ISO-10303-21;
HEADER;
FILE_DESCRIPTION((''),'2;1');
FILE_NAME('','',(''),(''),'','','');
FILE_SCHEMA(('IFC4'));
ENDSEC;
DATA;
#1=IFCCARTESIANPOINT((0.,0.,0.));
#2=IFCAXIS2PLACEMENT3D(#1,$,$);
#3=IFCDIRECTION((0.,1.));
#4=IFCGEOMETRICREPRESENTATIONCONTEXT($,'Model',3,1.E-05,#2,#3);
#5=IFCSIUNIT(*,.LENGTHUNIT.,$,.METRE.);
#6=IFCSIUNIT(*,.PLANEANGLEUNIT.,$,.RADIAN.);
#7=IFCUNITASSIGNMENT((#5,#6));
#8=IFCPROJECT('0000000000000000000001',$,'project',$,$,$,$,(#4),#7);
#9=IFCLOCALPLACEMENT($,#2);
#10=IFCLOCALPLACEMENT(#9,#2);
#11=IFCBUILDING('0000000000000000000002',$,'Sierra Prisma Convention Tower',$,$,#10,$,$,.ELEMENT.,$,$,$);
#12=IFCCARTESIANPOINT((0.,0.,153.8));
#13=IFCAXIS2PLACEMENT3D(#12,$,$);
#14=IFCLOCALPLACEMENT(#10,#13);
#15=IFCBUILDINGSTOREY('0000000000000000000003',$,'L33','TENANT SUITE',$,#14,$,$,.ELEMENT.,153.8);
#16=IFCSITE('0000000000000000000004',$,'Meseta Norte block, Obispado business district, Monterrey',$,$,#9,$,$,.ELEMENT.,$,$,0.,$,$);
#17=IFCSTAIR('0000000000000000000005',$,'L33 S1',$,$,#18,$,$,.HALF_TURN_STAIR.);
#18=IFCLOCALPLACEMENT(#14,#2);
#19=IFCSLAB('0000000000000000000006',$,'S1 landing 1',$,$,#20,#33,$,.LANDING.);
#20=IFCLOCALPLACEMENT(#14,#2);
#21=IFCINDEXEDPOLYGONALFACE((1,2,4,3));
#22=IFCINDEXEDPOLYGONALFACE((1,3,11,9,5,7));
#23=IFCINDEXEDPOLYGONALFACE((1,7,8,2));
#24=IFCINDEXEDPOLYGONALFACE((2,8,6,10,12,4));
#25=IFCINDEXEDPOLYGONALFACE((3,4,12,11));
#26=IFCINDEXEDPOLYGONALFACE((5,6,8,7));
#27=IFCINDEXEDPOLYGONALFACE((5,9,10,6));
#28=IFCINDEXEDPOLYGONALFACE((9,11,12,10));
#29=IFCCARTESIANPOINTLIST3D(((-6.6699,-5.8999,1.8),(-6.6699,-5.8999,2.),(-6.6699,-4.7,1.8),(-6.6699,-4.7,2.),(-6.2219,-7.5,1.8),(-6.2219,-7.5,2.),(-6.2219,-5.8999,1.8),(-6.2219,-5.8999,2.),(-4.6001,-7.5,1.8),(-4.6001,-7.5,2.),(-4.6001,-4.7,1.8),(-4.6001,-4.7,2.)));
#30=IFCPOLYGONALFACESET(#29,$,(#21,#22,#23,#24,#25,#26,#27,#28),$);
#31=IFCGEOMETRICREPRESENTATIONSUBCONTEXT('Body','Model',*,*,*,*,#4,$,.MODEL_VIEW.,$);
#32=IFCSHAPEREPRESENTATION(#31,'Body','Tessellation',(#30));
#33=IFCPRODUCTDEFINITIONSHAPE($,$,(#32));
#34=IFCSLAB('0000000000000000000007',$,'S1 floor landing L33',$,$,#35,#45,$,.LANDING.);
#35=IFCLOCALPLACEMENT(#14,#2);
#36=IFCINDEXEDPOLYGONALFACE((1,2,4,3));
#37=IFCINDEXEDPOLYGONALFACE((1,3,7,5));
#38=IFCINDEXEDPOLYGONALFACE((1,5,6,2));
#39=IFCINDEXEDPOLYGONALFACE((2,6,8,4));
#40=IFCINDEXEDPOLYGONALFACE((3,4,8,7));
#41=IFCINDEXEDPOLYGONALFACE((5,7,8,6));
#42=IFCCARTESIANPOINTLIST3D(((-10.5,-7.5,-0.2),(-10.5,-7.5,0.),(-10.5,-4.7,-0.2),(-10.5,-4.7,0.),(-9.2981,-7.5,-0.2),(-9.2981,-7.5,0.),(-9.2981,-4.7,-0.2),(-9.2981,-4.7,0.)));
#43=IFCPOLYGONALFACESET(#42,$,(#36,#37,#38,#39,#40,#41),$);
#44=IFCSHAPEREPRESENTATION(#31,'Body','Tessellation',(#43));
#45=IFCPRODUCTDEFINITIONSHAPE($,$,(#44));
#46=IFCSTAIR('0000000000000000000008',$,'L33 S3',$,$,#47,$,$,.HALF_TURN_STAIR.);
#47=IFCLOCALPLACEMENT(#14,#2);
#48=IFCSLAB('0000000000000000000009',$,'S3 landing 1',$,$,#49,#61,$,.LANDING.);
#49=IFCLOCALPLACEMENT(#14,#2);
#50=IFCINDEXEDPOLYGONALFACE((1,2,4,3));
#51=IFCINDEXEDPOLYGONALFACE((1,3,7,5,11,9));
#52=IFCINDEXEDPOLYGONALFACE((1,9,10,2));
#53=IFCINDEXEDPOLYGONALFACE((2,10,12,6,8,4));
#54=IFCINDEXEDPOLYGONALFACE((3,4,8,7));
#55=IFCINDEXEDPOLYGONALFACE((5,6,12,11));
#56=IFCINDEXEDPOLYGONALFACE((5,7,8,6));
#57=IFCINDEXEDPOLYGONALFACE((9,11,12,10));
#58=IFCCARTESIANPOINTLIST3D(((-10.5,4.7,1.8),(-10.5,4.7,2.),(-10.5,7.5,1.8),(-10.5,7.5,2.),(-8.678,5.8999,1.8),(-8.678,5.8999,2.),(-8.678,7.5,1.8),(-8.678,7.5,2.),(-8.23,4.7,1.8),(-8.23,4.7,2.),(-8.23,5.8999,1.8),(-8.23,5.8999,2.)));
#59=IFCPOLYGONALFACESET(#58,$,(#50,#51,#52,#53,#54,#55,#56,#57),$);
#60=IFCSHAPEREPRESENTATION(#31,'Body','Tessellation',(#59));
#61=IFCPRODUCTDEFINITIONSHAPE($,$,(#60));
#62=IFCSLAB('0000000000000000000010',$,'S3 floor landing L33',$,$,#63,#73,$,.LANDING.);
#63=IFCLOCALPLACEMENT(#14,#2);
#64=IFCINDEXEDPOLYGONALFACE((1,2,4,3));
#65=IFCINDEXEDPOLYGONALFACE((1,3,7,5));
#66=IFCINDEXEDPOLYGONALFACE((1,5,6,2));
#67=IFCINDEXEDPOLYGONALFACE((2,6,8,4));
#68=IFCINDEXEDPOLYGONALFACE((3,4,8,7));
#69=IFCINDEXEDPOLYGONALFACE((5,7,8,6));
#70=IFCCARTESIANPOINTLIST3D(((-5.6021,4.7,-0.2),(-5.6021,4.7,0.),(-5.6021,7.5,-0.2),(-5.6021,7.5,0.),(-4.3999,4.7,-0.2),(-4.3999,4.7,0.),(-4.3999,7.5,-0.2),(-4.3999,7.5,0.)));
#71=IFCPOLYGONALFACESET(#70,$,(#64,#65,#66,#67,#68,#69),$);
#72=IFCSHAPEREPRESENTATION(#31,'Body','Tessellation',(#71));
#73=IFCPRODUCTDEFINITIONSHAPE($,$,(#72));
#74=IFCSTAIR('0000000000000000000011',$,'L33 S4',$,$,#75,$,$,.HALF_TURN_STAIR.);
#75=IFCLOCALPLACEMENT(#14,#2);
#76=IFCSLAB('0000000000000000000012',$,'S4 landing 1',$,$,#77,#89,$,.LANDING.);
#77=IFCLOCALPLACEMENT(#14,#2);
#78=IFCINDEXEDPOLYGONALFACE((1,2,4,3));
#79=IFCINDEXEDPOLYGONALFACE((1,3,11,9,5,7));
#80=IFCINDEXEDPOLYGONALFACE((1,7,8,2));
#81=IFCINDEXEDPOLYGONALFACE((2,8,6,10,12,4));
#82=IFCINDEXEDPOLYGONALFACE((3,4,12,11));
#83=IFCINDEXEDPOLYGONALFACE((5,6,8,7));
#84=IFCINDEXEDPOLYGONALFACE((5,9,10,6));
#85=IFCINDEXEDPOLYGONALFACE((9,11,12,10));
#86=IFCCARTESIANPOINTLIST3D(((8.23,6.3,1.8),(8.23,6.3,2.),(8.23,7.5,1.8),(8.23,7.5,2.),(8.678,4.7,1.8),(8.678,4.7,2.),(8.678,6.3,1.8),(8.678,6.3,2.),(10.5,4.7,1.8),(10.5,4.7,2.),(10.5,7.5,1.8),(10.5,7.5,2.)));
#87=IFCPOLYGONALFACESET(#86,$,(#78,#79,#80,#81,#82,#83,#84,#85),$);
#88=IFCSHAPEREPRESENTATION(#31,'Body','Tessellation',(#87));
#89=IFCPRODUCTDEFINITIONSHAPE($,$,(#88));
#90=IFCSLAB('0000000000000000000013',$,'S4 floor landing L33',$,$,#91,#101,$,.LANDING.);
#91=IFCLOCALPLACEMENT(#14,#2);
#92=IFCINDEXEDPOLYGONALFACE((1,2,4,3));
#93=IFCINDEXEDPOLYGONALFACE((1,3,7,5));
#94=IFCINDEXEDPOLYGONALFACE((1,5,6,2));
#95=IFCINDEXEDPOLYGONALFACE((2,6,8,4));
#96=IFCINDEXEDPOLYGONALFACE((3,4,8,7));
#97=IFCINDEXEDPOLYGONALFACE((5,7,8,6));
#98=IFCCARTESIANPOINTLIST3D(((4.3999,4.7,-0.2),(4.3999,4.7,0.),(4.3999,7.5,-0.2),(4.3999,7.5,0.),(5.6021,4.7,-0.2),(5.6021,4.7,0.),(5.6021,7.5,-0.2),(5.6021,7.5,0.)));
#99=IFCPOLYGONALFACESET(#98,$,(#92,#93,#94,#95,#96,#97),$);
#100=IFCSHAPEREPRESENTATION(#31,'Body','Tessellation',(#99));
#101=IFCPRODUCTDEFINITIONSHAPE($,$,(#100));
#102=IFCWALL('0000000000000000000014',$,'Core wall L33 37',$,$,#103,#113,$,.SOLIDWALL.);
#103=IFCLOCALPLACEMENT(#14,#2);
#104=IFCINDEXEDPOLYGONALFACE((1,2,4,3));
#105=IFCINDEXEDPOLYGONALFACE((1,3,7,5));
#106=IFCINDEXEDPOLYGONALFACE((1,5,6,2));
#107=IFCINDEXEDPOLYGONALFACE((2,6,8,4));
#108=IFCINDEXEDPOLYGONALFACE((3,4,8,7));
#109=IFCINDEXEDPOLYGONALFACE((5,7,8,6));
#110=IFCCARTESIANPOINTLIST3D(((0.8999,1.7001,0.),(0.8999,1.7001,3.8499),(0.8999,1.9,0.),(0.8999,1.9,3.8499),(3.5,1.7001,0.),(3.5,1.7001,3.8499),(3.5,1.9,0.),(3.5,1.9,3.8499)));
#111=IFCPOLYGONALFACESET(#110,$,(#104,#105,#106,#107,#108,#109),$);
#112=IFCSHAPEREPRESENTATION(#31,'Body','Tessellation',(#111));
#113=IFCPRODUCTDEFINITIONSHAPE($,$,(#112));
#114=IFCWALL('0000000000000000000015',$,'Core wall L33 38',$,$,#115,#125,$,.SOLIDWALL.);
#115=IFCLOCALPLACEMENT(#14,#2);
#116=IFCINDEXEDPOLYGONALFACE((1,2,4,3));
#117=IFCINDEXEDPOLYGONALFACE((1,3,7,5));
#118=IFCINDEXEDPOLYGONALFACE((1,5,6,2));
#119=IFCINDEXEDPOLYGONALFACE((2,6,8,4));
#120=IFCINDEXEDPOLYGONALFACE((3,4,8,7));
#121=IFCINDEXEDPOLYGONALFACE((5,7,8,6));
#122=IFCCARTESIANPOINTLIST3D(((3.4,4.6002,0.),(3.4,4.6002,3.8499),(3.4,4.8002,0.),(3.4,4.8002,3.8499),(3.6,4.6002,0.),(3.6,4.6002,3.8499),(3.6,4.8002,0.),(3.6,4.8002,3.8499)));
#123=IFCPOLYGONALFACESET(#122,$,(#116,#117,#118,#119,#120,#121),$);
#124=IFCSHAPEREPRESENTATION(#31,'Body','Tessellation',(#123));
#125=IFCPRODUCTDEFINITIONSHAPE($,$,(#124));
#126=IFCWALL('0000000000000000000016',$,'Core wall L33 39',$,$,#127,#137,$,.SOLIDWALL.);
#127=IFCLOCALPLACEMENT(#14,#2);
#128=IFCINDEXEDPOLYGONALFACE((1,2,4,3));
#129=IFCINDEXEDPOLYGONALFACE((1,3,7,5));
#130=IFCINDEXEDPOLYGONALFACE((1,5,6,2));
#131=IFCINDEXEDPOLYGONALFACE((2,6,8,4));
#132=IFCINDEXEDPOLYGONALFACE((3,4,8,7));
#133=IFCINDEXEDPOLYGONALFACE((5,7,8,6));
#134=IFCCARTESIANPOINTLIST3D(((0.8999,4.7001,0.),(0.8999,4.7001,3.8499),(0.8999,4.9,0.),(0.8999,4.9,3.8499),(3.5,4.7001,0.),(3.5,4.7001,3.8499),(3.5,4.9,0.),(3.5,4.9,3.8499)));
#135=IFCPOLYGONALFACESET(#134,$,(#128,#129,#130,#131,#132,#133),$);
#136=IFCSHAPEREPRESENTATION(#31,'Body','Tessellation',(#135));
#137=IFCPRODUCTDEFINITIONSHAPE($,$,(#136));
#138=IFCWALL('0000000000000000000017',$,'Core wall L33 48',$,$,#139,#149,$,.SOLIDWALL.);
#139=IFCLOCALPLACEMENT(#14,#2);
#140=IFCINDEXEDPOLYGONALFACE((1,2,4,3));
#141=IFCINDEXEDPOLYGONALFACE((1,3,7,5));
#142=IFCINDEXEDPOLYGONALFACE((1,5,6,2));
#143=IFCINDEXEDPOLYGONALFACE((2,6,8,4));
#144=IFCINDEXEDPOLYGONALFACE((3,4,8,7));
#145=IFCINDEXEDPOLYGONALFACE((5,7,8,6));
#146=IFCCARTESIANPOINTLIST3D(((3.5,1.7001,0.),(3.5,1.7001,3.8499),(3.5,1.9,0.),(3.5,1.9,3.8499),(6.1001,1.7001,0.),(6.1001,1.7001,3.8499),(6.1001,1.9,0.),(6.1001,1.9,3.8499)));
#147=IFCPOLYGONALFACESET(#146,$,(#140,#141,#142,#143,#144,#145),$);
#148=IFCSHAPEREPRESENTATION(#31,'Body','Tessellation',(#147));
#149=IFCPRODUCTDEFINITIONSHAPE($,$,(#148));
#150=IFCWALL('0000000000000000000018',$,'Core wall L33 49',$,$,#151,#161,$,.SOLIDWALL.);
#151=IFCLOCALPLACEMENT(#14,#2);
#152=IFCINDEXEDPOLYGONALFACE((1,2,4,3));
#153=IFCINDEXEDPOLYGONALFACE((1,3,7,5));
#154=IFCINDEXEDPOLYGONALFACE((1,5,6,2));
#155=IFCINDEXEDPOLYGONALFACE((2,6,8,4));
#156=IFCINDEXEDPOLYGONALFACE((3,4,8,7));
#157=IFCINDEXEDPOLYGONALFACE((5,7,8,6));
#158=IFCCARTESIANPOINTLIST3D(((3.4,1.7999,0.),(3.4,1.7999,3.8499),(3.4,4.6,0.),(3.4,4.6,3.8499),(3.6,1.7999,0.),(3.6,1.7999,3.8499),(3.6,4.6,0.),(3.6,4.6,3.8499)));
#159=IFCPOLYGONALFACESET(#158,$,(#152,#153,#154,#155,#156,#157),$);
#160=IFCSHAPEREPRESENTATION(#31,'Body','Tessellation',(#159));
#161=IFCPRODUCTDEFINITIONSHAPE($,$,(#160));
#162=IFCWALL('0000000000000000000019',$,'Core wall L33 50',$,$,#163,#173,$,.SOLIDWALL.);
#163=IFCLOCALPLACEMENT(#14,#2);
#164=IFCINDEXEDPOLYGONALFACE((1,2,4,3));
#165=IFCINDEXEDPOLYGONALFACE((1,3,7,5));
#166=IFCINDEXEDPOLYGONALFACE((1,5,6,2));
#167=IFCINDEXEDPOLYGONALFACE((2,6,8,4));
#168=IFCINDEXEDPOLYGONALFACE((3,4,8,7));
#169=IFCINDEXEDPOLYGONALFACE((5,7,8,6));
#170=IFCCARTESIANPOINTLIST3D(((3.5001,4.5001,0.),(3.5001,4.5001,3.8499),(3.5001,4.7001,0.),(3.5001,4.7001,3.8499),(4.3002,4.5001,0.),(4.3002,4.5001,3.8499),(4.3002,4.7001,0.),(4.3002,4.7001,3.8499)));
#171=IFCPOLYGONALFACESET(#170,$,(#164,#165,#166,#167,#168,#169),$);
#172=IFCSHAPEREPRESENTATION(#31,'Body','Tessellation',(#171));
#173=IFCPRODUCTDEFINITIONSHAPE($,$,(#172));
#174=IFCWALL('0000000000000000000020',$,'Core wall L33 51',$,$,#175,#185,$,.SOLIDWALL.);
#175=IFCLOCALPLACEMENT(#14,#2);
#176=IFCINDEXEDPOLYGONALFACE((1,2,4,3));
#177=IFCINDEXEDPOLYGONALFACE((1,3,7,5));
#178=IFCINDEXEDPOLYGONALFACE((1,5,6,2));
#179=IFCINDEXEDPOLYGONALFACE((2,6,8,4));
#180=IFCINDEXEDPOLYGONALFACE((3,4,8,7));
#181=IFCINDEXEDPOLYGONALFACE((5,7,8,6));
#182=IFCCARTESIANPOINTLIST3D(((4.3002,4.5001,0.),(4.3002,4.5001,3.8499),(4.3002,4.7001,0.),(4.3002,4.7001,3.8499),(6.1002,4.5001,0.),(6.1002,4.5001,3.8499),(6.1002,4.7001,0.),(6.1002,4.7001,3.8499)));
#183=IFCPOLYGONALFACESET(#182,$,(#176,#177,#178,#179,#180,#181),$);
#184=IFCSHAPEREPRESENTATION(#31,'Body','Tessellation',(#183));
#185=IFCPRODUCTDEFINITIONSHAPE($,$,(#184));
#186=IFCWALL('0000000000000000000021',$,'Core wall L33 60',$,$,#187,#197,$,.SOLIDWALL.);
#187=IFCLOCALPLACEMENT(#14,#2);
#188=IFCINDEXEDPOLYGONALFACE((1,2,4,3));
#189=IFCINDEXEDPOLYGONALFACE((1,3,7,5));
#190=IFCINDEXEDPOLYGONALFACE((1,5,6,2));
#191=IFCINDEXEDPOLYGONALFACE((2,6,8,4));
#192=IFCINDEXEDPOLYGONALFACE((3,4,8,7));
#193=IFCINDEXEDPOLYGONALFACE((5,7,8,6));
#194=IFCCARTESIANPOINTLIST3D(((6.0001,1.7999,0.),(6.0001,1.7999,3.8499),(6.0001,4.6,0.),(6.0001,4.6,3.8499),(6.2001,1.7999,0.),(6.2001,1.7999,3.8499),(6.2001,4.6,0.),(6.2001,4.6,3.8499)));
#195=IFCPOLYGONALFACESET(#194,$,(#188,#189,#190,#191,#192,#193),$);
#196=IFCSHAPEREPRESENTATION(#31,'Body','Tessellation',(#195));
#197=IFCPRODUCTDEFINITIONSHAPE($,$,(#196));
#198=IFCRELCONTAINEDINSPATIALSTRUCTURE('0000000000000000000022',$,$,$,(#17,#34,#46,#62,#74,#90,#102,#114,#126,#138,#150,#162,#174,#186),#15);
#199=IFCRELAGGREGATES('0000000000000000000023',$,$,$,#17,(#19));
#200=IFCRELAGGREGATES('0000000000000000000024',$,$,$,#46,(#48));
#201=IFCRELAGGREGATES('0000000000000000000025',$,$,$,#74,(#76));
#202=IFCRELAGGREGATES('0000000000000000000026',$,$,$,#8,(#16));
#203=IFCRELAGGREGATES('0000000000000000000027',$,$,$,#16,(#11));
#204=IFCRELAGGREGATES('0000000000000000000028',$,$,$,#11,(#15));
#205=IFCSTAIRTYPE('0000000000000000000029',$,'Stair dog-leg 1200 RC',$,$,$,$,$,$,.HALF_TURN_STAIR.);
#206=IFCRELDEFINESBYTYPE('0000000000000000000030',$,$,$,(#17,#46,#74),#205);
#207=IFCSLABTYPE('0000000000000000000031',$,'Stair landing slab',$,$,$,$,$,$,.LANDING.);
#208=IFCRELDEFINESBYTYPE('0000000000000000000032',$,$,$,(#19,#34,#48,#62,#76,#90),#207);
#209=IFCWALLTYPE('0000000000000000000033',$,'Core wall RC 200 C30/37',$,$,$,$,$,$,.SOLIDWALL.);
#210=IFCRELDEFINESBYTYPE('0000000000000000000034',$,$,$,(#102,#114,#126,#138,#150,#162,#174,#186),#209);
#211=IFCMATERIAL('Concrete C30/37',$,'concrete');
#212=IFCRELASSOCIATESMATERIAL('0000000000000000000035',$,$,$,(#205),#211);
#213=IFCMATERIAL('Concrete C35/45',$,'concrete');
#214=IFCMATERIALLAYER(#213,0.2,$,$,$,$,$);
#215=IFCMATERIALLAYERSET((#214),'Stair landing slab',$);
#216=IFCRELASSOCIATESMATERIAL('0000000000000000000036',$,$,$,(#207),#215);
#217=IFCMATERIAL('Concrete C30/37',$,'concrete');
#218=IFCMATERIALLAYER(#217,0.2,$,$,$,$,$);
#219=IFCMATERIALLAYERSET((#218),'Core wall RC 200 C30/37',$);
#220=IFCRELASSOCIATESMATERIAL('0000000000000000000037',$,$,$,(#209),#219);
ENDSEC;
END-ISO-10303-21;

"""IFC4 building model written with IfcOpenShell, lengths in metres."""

from ifc_helpers import new_model, si_unit, direction, frame, frame_2d, origin, place, context, subcontext, project, spatial, polyline, rectangle, outline, extrude, material, layer, layer_set, type_object, element, aggregate, save


model = new_model("IFC4")

# Units and contexts
model_context = context("Model", 3, precision=1e-05, world=origin(), true_north=direction((0.0, 1.0)))
body_context = subcontext(model_context, "Body", "Model", "MODEL_VIEW")
ifc_project = project(units=[si_unit("LENGTHUNIT", "METRE"), si_unit("PLANEANGLEUNIT", "RADIAN")], contexts=[model_context])

# Site, building, storey
site_placement = place(None, origin())
site = spatial("IfcSite", under=ifc_project, at=site_placement, Name="Meseta Norte block, Obispado business district, Monterrey", CompositionType="ELEMENT", RefElevation=0.0)
building_placement = place(site_placement, origin())
building = spatial("IfcBuilding", under=site, at=building_placement, Name="Sierra Prisma Convention Tower", CompositionType="ELEMENT")
storey_placement = place(building_placement, frame((0.0, 0.0, 153.8)))
storey = spatial("IfcBuildingStorey", under=building, at=storey_placement, Name="L33", Description="TENANT SUITE", CompositionType="ELEMENT", Elevation=153.8)

# Stair, slab
ifc_material_1 = material(Name="Concrete C30/37", Category="concrete")
stair_type = type_object("IfcStairType", Name="Stair dog-leg 1200 RC", PredefinedType="HALF_TURN_STAIR", material=ifc_material_1)
stair_1_placement = place(storey_placement, origin())
stair_1 = element("IfcStair", 1, at=stair_1_placement, inside=storey, type_object=stair_type, Name="L33 S1", PredefinedType="HALF_TURN_STAIR")
ifc_material_2 = material(Name="Concrete C35/45", Category="concrete")
ifc_layer_1 = layer(ifc_material_2, 0.2)
ifc_layer_set_1 = layer_set([ifc_layer_1], Name="Stair landing slab")
slab_type = type_object("IfcSlabType", Name="Stair landing slab", PredefinedType="LANDING", material=ifc_layer_set_1)
slab_1_placement = place(storey_placement, frame((0.0, 0.0, 1.8)))
slab_1 = element("IfcSlab", 2, at=slab_1_placement, type_object=slab_type, Name="S1 landing 1", PredefinedType="LANDING", context=body_context, shape_type="SweptSolid", body=[
    extrude(outline(polyline([(-4.6001, -4.7), (-4.6001, -7.5), (-6.2219, -7.5), (-6.2219, -5.8999), (-6.6699, -5.8999), (-6.6699, -4.7), (-4.6001, -4.7)])), origin(), (0.0, 0.0, 1.0), 0.2),
])
aggregate(stair_1, [slab_1])

# Slab
slab_2_placement = place(storey_placement, frame((0.0, 0.0, -0.2)))
element("IfcSlab", 3, at=slab_2_placement, inside=storey, type_object=slab_type, Name="S1 floor landing L33", PredefinedType="LANDING", context=body_context, shape_type="SweptSolid", body=[
    extrude(outline(polyline([(-10.5, -7.5), (-9.2981, -7.5), (-9.2981, -4.7), (-10.5, -4.7), (-10.5, -7.5)])), origin(), (0.0, 0.0, 1.0), 0.2),
])

# Stair, slab
stair_2_placement = place(storey_placement, origin())
stair_2 = element("IfcStair", 4, at=stair_2_placement, inside=storey, type_object=stair_type, Name="L33 S3", PredefinedType="HALF_TURN_STAIR")
slab_3_placement = place(storey_placement, frame((0.0, 0.0, 1.8)))
slab_3 = element("IfcSlab", 5, at=slab_3_placement, type_object=slab_type, Name="S3 landing 1", PredefinedType="LANDING", context=body_context, shape_type="SweptSolid", body=[
    extrude(outline(polyline([(-8.23, 5.8999), (-8.23, 4.7), (-10.5, 4.7), (-10.5, 7.5), (-8.678, 7.5), (-8.678, 5.8999), (-8.23, 5.8999)])), origin(), (0.0, 0.0, 1.0), 0.2),
])
aggregate(stair_2, [slab_3])

# Slab
slab_4_placement = place(storey_placement, frame((0.0, 0.0, -0.2)))
element("IfcSlab", 6, at=slab_4_placement, inside=storey, type_object=slab_type, Name="S3 floor landing L33", PredefinedType="LANDING", context=body_context, shape_type="SweptSolid", body=[
    extrude(outline(polyline([(-4.3999, 7.5), (-5.6021, 7.5), (-5.6021, 4.7), (-4.3999, 4.7), (-4.3999, 7.5)])), origin(), (0.0, 0.0, 1.0), 0.2),
])

# Stair, slab
stair_3_placement = place(storey_placement, origin())
stair_3 = element("IfcStair", 7, at=stair_3_placement, inside=storey, type_object=stair_type, Name="L33 S4", PredefinedType="HALF_TURN_STAIR")
slab_5_placement = place(storey_placement, frame((0.0, 0.0, 1.8)))
slab_5 = element("IfcSlab", 8, at=slab_5_placement, type_object=slab_type, Name="S4 landing 1", PredefinedType="LANDING", context=body_context, shape_type="SweptSolid", body=[
    extrude(outline(polyline([(10.5, 7.5), (10.5, 4.7), (8.678, 4.7), (8.678, 6.3), (8.23, 6.3), (8.23, 7.5), (10.5, 7.5)])), origin(), (0.0, 0.0, 1.0), 0.2),
])

# Slab
slab_6_placement = place(storey_placement, frame((0.0, 0.0, -0.2)))
element("IfcSlab", 9, at=slab_6_placement, inside=storey, type_object=slab_type, Name="S4 floor landing L33", PredefinedType="LANDING", context=body_context, shape_type="SweptSolid", body=[
    extrude(outline(polyline([(4.3999, 4.7), (5.6021, 4.7), (5.6021, 7.5), (4.3999, 7.5), (4.3999, 4.7)])), origin(), (0.0, 0.0, 1.0), 0.2),
])

# Shared definitions
ifc_material_3 = material(Name="Concrete C30/37", Category="concrete")
ifc_layer_2 = layer(ifc_material_3, 0.2)
ifc_layer_set_2 = layer_set([ifc_layer_2], Name="Core wall RC 200 C30/37")
wall_type_1 = type_object("IfcWallType", Name="Core wall RC 200 C30/37", PredefinedType="SOLIDWALL", material=ifc_layer_set_2)

# Walls
wall_1_placement = place(storey_placement, frame((3.5, 1.8, 0.0), z_axis=(0.0, 0.0, 1.0), x_axis=(-1.0, 0.0, 0.0)))
element("IfcWall", 10, at=wall_1_placement, inside=storey, type_object=wall_type_1, Name="Core wall L33 37", PredefinedType="SOLIDWALL", context=body_context, shape_type="SweptSolid", body=[
    extrude(rectangle(XDim=2.6001, YDim=0.2, at=frame_2d((1.3, 0.0))), origin(), (0.0, 0.0, 1.0), 3.8499),
])
wall_2_placement = place(storey_placement, frame((3.5, 4.6001, 0.0), z_axis=(0.0, 0.0, 1.0), x_axis=(0.0, 1.0, 0.0)))
element("IfcWall", 11, at=wall_2_placement, inside=storey, type_object=wall_type_1, Name="Core wall L33 38", PredefinedType="SOLIDWALL", context=body_context, shape_type="SweptSolid", body=[
    extrude(rectangle(XDim=0.2, YDim=0.2, at=frame_2d((0.1001, 0.0))), origin(), (0.0, 0.0, 1.0), 3.8499),
])
wall_3_placement = place(storey_placement, frame((3.5, 4.8, 0.0), z_axis=(0.0, 0.0, 1.0), x_axis=(-1.0, 0.0, 0.0)))
element("IfcWall", 12, at=wall_3_placement, inside=storey, type_object=wall_type_1, Name="Core wall L33 39", PredefinedType="SOLIDWALL", context=body_context, shape_type="SweptSolid", body=[
    extrude(rectangle(XDim=2.6001, YDim=0.2, at=frame_2d((1.3, 0.0))), origin(), (0.0, 0.0, 1.0), 3.8499),
])

# Walls
wall_4_placement = place(storey_placement, frame((6.1001, 1.8, 0.0), z_axis=(0.0, 0.0, 1.0), x_axis=(-1.0, 0.0, 0.0)))
element("IfcWall", 13, at=wall_4_placement, inside=storey, type_object=wall_type_1, Name="Core wall L33 48", PredefinedType="SOLIDWALL", context=body_context, shape_type="SweptSolid", body=[
    extrude(rectangle(XDim=2.6001, YDim=0.2, at=frame_2d((1.3, 0.0))), origin(), (0.0, 0.0, 1.0), 3.8499),
])
wall_5_placement = place(storey_placement, frame((3.5, 1.8, 0.0), z_axis=(0.0, 0.0, 1.0), x_axis=(0.0, 1.0, 0.0)))
element("IfcWall", 14, at=wall_5_placement, inside=storey, type_object=wall_type_1, Name="Core wall L33 49", PredefinedType="SOLIDWALL", context=body_context, shape_type="SweptSolid", body=[
    extrude(rectangle(XDim=2.8, YDim=0.2, at=frame_2d((1.3999, 0.0))), origin(), (0.0, 0.0, 1.0), 3.8499),
])
wall_6_placement = place(storey_placement, frame((4.3, 4.6001, 0.0), z_axis=(0.0, 0.0, 1.0), x_axis=(-1.0, 0.0, 0.0)))
element("IfcWall", 15, at=wall_6_placement, inside=storey, type_object=wall_type_1, Name="Core wall L33 50", PredefinedType="SOLIDWALL", context=body_context, shape_type="SweptSolid", body=[
    extrude(rectangle(XDim=0.8, YDim=0.2, at=frame_2d((0.3999, 0.0))), origin(), (0.0, 0.0, 1.0), 3.8499),
])
wall_7_placement = place(storey_placement, frame((6.1001, 4.6001, 0.0), z_axis=(0.0, 0.0, 1.0), x_axis=(-1.0, 0.0, 0.0)))
element("IfcWall", 16, at=wall_7_placement, inside=storey, type_object=wall_type_1, Name="Core wall L33 51", PredefinedType="SOLIDWALL", context=body_context, shape_type="SweptSolid", body=[
    extrude(rectangle(XDim=1.8, YDim=0.2, at=frame_2d((0.8999, 0.0))), origin(), (0.0, 0.0, 1.0), 3.8499),
])

# Wall
wall_8_placement = place(storey_placement, frame((6.1001, 1.8, 0.0), z_axis=(0.0, 0.0, 1.0), x_axis=(0.0, 1.0, 0.0)))
element("IfcWall", 17, at=wall_8_placement, inside=storey, type_object=wall_type_1, Name="Core wall L33 60", PredefinedType="SOLIDWALL", context=body_context, shape_type="SweptSolid", body=[
    extrude(rectangle(XDim=2.8, YDim=0.2, at=frame_2d((1.3999, 0.0))), origin(), (0.0, 0.0, 1.0), 3.8499),
])

aggregate(stair_3, [slab_5])

save(model, "model.ifc")
